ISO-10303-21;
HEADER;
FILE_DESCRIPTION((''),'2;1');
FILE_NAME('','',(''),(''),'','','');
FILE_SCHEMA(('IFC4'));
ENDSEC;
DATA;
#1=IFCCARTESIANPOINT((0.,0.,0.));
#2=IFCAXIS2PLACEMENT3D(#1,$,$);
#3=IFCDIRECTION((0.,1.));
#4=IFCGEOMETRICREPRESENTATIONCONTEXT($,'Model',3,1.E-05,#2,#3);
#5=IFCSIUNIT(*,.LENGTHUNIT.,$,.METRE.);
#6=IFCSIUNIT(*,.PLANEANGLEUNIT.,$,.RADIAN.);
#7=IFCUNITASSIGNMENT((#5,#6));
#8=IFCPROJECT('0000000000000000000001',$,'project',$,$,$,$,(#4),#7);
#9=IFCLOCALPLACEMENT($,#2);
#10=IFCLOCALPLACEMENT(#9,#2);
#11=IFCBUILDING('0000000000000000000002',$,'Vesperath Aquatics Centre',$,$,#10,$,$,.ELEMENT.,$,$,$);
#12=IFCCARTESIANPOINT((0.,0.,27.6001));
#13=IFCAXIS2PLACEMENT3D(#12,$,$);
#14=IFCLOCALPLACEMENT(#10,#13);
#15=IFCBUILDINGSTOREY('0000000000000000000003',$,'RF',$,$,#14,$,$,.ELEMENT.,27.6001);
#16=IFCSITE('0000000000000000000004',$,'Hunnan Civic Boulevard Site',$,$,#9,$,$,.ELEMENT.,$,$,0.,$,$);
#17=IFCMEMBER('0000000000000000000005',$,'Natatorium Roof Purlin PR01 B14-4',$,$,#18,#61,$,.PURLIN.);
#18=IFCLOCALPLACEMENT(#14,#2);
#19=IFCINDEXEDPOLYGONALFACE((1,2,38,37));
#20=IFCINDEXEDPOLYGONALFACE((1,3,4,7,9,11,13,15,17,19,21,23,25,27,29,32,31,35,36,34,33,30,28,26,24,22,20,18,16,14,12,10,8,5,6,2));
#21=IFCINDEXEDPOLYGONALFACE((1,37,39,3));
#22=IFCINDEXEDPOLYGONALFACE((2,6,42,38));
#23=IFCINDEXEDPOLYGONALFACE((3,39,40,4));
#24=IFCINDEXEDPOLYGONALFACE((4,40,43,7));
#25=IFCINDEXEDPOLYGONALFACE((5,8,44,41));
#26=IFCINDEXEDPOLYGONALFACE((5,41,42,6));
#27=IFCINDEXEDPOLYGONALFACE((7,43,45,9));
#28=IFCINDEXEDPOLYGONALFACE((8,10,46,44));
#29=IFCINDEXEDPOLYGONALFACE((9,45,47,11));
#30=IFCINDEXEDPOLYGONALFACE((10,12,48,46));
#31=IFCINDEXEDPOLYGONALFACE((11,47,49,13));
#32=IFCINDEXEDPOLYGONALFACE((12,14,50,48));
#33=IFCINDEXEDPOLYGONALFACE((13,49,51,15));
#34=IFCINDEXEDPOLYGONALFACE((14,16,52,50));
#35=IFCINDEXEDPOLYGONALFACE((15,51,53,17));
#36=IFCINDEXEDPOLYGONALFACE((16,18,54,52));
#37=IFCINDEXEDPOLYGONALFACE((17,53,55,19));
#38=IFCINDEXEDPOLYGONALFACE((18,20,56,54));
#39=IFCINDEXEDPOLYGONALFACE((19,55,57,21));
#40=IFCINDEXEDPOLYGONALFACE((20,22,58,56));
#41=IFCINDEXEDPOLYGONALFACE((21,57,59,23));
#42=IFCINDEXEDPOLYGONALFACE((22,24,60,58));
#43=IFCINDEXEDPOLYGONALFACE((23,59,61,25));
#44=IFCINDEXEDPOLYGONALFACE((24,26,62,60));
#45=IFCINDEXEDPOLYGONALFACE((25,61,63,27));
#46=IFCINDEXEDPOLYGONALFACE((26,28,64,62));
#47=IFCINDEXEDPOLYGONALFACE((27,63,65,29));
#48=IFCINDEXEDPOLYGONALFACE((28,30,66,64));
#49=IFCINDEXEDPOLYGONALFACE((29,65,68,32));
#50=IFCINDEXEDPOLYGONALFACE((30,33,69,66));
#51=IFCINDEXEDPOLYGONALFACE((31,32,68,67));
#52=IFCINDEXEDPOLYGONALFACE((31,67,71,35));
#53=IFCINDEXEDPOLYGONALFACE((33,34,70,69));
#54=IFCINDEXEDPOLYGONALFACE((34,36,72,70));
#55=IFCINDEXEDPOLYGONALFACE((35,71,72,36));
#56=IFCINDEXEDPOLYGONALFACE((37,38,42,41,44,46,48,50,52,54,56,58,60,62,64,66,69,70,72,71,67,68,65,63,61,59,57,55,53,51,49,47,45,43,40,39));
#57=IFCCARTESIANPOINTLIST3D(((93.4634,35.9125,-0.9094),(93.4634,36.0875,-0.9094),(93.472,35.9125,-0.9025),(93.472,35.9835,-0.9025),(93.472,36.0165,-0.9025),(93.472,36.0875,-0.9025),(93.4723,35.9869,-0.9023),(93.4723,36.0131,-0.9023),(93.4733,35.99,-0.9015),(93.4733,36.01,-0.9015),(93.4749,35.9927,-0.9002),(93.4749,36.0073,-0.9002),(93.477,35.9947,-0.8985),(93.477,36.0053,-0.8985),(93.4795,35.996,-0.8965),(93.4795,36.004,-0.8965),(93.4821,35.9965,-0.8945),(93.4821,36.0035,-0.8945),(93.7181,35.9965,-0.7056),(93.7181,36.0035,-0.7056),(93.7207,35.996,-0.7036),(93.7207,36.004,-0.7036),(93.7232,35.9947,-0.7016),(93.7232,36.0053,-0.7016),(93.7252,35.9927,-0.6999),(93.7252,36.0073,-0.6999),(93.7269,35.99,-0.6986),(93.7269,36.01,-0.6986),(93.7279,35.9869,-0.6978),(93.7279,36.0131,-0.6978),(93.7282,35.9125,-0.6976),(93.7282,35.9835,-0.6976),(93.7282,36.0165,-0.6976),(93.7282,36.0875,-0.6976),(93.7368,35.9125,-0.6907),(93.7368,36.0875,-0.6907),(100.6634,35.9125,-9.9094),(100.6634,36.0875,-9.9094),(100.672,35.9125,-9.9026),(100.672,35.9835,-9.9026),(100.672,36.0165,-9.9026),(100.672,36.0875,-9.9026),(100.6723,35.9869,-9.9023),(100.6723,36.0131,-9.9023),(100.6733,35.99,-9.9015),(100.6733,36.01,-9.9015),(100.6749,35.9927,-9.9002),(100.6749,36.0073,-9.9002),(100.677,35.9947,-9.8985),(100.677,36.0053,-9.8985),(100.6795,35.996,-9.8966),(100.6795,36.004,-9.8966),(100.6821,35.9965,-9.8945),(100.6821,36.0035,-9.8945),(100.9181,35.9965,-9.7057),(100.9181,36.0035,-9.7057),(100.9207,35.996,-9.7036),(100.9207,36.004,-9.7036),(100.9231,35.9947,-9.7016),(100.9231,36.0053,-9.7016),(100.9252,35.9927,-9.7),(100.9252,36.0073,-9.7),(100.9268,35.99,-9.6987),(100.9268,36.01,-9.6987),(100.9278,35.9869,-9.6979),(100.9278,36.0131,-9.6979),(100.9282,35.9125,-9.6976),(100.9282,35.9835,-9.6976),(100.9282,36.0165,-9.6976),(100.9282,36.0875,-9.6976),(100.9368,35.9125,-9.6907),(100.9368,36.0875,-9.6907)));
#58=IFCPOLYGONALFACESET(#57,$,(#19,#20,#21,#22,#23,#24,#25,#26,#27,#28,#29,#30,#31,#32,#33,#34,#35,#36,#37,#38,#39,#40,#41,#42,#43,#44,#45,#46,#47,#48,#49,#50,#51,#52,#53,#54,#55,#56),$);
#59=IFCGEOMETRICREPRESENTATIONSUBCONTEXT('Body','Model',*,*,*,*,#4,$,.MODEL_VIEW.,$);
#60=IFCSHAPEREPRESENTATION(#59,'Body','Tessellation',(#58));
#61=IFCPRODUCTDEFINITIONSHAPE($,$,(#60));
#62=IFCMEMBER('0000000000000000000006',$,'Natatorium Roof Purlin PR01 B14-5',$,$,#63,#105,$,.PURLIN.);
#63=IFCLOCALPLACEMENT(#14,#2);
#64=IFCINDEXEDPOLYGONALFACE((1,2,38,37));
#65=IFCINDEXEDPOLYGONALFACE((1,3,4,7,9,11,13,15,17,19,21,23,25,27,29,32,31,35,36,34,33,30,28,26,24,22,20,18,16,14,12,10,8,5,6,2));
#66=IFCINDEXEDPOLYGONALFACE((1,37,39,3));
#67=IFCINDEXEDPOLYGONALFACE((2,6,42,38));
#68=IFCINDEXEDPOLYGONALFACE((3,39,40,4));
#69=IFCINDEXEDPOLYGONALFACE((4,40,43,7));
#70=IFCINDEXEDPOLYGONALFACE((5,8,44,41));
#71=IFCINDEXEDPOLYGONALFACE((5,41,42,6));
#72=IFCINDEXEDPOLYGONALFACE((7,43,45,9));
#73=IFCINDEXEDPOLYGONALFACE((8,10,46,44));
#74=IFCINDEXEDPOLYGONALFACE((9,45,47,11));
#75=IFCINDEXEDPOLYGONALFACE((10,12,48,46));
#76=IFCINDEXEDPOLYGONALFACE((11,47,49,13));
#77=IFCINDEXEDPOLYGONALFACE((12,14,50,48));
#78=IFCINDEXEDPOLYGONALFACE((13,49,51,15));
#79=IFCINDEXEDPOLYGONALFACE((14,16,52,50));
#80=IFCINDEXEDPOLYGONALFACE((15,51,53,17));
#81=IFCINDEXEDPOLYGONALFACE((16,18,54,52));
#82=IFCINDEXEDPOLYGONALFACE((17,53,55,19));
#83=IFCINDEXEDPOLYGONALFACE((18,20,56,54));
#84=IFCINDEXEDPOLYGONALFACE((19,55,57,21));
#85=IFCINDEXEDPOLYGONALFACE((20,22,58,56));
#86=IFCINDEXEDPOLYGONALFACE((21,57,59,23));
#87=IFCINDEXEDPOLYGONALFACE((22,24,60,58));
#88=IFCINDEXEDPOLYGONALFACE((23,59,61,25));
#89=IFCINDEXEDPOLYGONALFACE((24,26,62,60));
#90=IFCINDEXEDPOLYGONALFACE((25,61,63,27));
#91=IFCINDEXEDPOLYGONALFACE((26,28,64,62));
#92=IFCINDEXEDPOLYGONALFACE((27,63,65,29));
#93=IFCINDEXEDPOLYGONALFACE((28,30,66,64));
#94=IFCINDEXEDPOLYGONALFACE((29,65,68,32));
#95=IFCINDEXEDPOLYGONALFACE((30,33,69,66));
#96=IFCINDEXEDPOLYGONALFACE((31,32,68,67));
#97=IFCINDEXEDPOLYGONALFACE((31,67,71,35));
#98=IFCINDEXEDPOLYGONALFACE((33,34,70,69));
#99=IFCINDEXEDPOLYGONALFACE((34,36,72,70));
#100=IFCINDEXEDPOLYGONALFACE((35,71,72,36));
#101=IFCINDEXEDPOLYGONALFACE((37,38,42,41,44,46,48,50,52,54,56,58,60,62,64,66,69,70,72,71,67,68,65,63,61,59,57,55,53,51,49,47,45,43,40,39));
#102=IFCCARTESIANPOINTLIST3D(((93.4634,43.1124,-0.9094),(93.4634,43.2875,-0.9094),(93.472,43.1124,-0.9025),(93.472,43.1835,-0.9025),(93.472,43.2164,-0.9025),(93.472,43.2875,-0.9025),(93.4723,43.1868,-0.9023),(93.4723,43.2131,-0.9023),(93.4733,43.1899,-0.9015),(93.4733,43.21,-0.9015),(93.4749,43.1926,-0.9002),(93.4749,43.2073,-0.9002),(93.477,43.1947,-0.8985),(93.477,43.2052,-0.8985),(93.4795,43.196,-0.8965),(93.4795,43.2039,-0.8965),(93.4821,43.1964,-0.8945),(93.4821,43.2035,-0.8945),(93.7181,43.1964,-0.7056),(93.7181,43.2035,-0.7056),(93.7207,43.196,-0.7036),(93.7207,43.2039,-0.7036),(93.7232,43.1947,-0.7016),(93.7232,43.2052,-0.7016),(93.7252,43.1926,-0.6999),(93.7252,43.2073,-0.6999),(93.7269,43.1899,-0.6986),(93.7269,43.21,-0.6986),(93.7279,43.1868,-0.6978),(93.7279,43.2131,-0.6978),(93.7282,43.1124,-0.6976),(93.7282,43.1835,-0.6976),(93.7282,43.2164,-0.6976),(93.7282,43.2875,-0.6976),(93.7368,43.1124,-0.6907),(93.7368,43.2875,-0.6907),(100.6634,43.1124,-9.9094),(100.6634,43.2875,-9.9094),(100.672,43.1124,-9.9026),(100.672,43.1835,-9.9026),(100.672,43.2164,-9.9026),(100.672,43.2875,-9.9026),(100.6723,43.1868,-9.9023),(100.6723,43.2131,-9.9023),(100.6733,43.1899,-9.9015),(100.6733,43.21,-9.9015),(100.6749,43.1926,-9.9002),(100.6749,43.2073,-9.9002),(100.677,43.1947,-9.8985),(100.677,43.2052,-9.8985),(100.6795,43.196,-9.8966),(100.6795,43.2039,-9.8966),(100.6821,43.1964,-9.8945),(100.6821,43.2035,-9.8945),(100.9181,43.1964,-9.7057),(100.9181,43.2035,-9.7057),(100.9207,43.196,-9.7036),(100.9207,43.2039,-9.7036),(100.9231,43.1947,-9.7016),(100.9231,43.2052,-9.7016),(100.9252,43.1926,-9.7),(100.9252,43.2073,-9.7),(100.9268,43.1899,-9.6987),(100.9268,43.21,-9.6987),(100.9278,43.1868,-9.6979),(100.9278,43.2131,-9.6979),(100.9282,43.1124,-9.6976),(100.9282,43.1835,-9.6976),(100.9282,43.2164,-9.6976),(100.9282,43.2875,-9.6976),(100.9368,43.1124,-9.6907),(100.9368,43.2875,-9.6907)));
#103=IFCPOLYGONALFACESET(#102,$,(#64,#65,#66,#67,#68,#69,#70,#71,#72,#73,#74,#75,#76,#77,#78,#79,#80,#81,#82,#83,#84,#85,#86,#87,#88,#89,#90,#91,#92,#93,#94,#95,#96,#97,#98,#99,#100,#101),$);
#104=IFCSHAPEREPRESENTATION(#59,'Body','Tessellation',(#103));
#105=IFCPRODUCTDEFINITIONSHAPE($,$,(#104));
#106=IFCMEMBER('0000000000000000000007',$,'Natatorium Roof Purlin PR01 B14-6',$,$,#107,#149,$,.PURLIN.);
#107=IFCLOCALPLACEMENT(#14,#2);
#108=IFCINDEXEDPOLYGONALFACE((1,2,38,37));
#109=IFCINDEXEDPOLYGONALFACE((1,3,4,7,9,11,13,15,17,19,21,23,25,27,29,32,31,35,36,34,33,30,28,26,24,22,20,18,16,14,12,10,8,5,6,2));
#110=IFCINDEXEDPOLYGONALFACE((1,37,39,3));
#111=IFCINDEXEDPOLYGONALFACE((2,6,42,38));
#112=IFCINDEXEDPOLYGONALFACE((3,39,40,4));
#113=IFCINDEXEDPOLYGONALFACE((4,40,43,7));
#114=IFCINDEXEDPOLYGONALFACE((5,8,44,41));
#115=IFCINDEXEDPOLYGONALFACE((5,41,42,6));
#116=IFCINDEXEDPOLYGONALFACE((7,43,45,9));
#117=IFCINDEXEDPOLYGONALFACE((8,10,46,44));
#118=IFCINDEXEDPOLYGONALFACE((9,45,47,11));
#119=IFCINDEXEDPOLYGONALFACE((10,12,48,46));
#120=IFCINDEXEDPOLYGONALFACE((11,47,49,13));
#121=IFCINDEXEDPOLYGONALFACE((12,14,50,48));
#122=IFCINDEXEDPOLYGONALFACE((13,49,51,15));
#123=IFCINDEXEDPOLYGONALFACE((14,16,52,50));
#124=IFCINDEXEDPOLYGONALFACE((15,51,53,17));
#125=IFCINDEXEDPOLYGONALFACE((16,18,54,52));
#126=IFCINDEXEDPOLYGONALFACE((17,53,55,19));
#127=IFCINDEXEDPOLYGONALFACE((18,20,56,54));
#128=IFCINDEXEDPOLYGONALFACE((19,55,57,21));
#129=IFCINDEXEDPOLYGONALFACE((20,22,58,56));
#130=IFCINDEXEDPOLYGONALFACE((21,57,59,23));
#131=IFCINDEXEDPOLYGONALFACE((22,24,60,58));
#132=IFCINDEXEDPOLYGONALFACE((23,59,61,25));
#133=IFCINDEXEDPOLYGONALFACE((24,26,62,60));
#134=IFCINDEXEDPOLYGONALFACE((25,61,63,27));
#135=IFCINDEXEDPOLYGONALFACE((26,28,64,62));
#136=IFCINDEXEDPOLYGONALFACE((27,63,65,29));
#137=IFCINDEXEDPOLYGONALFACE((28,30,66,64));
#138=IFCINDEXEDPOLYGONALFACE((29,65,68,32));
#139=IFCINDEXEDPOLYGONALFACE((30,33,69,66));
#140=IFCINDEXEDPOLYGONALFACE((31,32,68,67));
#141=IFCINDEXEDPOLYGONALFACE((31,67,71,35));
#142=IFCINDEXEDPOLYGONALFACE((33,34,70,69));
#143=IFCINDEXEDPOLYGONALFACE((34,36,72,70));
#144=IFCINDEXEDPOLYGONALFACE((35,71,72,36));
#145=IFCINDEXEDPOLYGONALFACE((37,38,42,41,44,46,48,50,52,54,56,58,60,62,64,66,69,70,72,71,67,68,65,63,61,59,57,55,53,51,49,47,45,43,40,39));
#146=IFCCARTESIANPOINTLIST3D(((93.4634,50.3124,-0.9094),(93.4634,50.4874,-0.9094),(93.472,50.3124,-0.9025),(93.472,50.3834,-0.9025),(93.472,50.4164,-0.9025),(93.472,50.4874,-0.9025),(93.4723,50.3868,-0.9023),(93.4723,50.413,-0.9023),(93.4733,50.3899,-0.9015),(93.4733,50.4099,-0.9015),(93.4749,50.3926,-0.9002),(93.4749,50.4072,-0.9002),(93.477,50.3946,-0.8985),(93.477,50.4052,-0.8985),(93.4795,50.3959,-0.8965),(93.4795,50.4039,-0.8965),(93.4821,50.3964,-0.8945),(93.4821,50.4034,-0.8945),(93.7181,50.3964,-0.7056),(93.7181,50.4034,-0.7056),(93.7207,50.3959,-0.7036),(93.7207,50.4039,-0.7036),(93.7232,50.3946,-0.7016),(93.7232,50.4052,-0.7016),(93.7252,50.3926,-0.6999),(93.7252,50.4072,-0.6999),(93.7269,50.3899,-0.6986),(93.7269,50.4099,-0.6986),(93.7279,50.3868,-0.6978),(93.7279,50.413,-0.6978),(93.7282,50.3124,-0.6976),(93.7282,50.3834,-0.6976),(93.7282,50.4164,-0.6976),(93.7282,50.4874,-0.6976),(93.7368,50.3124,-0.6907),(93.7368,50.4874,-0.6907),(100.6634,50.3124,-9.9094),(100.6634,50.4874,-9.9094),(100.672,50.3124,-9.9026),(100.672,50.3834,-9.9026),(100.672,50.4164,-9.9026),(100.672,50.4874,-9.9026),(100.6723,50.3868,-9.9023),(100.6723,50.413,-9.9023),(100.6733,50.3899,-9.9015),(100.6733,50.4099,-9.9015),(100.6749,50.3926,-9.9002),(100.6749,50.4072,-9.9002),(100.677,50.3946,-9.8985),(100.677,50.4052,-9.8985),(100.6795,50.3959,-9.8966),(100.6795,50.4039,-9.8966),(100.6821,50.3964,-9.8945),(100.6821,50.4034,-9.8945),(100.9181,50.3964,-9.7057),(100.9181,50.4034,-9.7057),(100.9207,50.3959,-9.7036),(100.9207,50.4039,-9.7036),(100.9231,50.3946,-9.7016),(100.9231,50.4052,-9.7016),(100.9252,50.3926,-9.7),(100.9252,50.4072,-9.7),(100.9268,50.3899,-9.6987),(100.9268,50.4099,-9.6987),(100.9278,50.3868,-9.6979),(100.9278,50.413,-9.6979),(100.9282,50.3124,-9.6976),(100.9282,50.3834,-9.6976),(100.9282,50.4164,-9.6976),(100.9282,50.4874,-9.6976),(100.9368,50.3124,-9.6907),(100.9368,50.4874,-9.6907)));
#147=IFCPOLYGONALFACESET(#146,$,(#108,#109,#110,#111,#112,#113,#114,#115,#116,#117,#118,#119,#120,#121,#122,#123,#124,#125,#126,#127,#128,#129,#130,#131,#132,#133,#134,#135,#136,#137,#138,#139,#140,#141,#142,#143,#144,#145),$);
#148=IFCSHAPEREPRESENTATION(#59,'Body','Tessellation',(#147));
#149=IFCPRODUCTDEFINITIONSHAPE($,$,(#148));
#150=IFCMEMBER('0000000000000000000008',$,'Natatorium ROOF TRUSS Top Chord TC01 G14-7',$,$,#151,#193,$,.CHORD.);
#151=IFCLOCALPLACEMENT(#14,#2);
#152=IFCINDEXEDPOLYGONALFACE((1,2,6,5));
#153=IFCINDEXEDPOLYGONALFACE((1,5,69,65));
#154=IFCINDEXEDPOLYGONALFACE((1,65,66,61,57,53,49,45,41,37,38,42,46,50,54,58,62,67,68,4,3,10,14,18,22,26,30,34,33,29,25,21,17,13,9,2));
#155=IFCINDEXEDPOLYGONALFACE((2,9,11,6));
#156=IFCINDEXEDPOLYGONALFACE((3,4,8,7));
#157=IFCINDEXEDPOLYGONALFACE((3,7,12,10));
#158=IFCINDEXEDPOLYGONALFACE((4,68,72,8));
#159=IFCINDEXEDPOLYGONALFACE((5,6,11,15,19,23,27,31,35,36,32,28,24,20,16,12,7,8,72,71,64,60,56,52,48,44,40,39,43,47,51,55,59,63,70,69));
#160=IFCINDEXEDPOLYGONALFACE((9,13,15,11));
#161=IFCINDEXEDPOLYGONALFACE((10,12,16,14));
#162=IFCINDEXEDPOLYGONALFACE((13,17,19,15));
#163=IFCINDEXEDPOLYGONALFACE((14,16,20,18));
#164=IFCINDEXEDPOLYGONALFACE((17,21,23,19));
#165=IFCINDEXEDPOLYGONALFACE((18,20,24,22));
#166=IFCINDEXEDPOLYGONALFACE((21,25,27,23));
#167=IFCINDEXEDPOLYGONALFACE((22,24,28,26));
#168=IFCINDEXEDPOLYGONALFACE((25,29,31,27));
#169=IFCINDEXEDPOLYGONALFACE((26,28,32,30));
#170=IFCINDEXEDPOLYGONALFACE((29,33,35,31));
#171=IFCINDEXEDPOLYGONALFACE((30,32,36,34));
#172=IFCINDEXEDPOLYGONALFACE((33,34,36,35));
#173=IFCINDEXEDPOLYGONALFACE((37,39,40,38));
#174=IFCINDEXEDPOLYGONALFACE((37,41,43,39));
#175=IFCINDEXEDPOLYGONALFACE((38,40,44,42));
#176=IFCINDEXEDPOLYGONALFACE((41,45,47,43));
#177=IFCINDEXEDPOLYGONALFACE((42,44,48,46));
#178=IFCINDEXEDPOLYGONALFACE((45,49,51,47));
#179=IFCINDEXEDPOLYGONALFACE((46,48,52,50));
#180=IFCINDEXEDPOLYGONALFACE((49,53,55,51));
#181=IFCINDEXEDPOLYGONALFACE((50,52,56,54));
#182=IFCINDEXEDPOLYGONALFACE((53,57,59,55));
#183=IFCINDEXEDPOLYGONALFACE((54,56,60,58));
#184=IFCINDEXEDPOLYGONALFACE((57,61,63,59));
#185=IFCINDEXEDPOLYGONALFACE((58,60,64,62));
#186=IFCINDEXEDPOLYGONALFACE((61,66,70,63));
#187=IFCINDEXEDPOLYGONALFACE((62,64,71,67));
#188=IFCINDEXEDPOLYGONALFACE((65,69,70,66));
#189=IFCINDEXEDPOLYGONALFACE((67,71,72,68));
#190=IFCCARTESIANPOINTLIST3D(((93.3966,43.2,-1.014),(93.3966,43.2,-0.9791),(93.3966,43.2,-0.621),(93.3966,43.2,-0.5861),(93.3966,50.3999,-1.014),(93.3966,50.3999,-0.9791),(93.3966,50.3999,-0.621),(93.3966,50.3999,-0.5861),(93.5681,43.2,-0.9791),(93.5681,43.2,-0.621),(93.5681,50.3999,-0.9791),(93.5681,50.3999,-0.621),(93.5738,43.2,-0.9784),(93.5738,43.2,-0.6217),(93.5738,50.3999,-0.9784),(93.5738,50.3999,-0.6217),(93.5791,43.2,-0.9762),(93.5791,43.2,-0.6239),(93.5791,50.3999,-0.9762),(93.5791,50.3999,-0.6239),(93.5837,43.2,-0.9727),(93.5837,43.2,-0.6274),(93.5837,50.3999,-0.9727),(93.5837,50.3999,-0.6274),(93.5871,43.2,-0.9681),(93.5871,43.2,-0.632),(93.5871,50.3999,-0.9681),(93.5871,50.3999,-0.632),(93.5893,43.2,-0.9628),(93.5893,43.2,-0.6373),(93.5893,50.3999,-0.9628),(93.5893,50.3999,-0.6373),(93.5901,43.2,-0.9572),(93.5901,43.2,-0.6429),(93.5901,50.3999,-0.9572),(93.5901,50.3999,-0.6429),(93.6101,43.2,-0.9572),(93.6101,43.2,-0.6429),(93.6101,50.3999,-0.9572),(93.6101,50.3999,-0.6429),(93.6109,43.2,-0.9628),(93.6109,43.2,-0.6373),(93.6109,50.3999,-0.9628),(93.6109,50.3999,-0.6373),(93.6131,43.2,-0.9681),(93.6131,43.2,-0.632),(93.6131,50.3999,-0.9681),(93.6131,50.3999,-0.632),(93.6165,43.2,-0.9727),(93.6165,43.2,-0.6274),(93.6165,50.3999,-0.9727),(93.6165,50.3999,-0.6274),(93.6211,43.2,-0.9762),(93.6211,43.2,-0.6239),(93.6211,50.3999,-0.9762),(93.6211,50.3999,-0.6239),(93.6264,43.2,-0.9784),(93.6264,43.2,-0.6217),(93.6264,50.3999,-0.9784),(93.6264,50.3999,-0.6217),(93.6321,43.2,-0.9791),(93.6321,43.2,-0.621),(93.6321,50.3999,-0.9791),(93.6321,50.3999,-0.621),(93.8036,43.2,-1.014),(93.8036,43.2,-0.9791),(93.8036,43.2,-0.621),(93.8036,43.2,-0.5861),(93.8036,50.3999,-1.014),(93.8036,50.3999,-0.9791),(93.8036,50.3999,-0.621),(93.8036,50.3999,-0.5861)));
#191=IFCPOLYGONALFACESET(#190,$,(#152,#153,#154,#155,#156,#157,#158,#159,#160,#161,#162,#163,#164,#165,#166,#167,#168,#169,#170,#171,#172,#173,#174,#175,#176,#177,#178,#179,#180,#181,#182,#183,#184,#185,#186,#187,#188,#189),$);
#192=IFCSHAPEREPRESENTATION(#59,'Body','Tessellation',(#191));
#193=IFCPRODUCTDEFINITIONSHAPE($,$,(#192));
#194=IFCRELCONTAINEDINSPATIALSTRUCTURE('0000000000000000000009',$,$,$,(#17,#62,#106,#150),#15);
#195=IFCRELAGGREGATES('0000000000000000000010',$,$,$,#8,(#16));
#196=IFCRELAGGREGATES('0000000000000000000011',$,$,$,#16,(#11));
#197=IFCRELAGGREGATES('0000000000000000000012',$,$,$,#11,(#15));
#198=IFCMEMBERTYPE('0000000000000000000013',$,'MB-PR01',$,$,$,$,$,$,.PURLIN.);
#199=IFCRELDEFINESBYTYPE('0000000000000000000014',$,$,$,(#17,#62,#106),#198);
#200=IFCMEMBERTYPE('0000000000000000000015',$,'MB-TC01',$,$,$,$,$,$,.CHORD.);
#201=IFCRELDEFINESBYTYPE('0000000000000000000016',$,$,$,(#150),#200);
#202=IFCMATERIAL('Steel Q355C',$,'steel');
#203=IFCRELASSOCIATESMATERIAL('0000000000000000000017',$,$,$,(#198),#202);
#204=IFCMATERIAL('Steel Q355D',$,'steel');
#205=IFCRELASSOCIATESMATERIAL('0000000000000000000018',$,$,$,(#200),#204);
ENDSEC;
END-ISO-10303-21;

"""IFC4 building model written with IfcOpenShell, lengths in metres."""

from ifc_helpers import new_model, si_unit, direction, frame, origin, origin_2d, place, context, subcontext, project, spatial, i_section, extrude, material, material_profile, profile_set, type_object, element, save


model = new_model("IFC4")

# Units and contexts
model_context = context("Model", 3, precision=1e-05, world=origin(), true_north=direction((0.0, 1.0)))
body_context = subcontext(model_context, "Body", "Model", "MODEL_VIEW")
ifc_project = project(units=[si_unit("LENGTHUNIT", "METRE"), si_unit("PLANEANGLEUNIT", "RADIAN")], contexts=[model_context])

# Site, building, storey
site_placement = place(None, origin())
site = spatial("IfcSite", under=ifc_project, at=site_placement, Name="Hunnan Civic Boulevard Site", CompositionType="ELEMENT", RefElevation=0.0)
building_placement = place(site_placement, origin())
building = spatial("IfcBuilding", under=site, at=building_placement, Name="Vesperath Aquatics Centre", CompositionType="ELEMENT")
storey_placement = place(building_placement, frame((0.0, 0.0, 27.6001)))
storey = spatial("IfcBuildingStorey", under=building, at=storey_placement, Name="RF", CompositionType="ELEMENT", Elevation=27.6001)

# Members
ifc_material_1 = material(Name="Steel Q355D", Category="steel")
ifc_material_2 = material(Name="Steel Q355C", Category="steel")
ifc_material_profile_1 = material_profile(ifc_material_2, i_section(OverallWidth=0.175, OverallDepth=0.3501, WebThickness=0.0071, FlangeThickness=0.011, FilletRadius=0.0129, at=origin_2d()), Name="HN 350x175x7x11")
ifc_profile_set_1 = profile_set([ifc_material_profile_1], Name="Steel Q355C")
member_type_1 = type_object("IfcMemberType", Name="MB-PR01", PredefinedType="PURLIN", material=ifc_profile_set_1)
for number, where, z_axis, x_axis, name in (
    (1, (93.6001, 36.0, -0.8), (0.624692, 0.0, -0.780871), (0.0, 1.0, 0.0), "Natatorium Roof Purlin PR01 B14-4"),
    (2, (93.6001, 43.2, -0.8), (0.624692, 0.0, -0.780871), (0.0, 1.0, 0.0), "Natatorium Roof Purlin PR01 B14-5"),
    (3, (93.6001, 50.3999, -0.8), (0.624692, 0.0, -0.780871), (0.0, 1.0, 0.0), "Natatorium Roof Purlin PR01 B14-6"),
):
    element("IfcMember", number, at=place(storey_placement, frame(where, z_axis=z_axis, x_axis=x_axis)), inside=storey, type_object=member_type_1, Name=name, PredefinedType="PURLIN", context=body_context, shape_type="SweptSolid", body=[
        extrude(i_section(OverallWidth=0.175, OverallDepth=0.3501, WebThickness=0.0071, FlangeThickness=0.011, FilletRadius=0.0129, at=origin_2d()), origin(), (0.0, 0.0, 1.0), 11.5256),
    ])
ifc_material_profile_2 = material_profile(ifc_material_1, i_section(OverallWidth=0.407, OverallDepth=0.428, WebThickness=0.02, FlangeThickness=0.0349, FilletRadius=0.022, at=origin_2d()), Name="HW 428x407x20x35")
ifc_profile_set_2 = profile_set([ifc_material_profile_2], Name="Steel Q355D")
member_type_2 = type_object("IfcMemberType", Name="MB-TC01", PredefinedType="CHORD", material=ifc_profile_set_2)
member_1_placement = place(storey_placement, frame((93.6001, 43.2, -0.8), z_axis=(0.0, 1.0, 0.0), x_axis=(-1.0, 0.0, 0.0)))
element("IfcMember", 4, at=member_1_placement, inside=storey, type_object=member_type_2, Name="Natatorium ROOF TRUSS Top Chord TC01 G14-7", PredefinedType="CHORD", context=body_context, shape_type="SweptSolid", body=[
    extrude(i_section(OverallWidth=0.407, OverallDepth=0.428, WebThickness=0.02, FlangeThickness=0.0349, FilletRadius=0.022, at=origin_2d()), origin(), (0.0, 0.0, 1.0), 7.2),
])

save(model, "model.ifc")
